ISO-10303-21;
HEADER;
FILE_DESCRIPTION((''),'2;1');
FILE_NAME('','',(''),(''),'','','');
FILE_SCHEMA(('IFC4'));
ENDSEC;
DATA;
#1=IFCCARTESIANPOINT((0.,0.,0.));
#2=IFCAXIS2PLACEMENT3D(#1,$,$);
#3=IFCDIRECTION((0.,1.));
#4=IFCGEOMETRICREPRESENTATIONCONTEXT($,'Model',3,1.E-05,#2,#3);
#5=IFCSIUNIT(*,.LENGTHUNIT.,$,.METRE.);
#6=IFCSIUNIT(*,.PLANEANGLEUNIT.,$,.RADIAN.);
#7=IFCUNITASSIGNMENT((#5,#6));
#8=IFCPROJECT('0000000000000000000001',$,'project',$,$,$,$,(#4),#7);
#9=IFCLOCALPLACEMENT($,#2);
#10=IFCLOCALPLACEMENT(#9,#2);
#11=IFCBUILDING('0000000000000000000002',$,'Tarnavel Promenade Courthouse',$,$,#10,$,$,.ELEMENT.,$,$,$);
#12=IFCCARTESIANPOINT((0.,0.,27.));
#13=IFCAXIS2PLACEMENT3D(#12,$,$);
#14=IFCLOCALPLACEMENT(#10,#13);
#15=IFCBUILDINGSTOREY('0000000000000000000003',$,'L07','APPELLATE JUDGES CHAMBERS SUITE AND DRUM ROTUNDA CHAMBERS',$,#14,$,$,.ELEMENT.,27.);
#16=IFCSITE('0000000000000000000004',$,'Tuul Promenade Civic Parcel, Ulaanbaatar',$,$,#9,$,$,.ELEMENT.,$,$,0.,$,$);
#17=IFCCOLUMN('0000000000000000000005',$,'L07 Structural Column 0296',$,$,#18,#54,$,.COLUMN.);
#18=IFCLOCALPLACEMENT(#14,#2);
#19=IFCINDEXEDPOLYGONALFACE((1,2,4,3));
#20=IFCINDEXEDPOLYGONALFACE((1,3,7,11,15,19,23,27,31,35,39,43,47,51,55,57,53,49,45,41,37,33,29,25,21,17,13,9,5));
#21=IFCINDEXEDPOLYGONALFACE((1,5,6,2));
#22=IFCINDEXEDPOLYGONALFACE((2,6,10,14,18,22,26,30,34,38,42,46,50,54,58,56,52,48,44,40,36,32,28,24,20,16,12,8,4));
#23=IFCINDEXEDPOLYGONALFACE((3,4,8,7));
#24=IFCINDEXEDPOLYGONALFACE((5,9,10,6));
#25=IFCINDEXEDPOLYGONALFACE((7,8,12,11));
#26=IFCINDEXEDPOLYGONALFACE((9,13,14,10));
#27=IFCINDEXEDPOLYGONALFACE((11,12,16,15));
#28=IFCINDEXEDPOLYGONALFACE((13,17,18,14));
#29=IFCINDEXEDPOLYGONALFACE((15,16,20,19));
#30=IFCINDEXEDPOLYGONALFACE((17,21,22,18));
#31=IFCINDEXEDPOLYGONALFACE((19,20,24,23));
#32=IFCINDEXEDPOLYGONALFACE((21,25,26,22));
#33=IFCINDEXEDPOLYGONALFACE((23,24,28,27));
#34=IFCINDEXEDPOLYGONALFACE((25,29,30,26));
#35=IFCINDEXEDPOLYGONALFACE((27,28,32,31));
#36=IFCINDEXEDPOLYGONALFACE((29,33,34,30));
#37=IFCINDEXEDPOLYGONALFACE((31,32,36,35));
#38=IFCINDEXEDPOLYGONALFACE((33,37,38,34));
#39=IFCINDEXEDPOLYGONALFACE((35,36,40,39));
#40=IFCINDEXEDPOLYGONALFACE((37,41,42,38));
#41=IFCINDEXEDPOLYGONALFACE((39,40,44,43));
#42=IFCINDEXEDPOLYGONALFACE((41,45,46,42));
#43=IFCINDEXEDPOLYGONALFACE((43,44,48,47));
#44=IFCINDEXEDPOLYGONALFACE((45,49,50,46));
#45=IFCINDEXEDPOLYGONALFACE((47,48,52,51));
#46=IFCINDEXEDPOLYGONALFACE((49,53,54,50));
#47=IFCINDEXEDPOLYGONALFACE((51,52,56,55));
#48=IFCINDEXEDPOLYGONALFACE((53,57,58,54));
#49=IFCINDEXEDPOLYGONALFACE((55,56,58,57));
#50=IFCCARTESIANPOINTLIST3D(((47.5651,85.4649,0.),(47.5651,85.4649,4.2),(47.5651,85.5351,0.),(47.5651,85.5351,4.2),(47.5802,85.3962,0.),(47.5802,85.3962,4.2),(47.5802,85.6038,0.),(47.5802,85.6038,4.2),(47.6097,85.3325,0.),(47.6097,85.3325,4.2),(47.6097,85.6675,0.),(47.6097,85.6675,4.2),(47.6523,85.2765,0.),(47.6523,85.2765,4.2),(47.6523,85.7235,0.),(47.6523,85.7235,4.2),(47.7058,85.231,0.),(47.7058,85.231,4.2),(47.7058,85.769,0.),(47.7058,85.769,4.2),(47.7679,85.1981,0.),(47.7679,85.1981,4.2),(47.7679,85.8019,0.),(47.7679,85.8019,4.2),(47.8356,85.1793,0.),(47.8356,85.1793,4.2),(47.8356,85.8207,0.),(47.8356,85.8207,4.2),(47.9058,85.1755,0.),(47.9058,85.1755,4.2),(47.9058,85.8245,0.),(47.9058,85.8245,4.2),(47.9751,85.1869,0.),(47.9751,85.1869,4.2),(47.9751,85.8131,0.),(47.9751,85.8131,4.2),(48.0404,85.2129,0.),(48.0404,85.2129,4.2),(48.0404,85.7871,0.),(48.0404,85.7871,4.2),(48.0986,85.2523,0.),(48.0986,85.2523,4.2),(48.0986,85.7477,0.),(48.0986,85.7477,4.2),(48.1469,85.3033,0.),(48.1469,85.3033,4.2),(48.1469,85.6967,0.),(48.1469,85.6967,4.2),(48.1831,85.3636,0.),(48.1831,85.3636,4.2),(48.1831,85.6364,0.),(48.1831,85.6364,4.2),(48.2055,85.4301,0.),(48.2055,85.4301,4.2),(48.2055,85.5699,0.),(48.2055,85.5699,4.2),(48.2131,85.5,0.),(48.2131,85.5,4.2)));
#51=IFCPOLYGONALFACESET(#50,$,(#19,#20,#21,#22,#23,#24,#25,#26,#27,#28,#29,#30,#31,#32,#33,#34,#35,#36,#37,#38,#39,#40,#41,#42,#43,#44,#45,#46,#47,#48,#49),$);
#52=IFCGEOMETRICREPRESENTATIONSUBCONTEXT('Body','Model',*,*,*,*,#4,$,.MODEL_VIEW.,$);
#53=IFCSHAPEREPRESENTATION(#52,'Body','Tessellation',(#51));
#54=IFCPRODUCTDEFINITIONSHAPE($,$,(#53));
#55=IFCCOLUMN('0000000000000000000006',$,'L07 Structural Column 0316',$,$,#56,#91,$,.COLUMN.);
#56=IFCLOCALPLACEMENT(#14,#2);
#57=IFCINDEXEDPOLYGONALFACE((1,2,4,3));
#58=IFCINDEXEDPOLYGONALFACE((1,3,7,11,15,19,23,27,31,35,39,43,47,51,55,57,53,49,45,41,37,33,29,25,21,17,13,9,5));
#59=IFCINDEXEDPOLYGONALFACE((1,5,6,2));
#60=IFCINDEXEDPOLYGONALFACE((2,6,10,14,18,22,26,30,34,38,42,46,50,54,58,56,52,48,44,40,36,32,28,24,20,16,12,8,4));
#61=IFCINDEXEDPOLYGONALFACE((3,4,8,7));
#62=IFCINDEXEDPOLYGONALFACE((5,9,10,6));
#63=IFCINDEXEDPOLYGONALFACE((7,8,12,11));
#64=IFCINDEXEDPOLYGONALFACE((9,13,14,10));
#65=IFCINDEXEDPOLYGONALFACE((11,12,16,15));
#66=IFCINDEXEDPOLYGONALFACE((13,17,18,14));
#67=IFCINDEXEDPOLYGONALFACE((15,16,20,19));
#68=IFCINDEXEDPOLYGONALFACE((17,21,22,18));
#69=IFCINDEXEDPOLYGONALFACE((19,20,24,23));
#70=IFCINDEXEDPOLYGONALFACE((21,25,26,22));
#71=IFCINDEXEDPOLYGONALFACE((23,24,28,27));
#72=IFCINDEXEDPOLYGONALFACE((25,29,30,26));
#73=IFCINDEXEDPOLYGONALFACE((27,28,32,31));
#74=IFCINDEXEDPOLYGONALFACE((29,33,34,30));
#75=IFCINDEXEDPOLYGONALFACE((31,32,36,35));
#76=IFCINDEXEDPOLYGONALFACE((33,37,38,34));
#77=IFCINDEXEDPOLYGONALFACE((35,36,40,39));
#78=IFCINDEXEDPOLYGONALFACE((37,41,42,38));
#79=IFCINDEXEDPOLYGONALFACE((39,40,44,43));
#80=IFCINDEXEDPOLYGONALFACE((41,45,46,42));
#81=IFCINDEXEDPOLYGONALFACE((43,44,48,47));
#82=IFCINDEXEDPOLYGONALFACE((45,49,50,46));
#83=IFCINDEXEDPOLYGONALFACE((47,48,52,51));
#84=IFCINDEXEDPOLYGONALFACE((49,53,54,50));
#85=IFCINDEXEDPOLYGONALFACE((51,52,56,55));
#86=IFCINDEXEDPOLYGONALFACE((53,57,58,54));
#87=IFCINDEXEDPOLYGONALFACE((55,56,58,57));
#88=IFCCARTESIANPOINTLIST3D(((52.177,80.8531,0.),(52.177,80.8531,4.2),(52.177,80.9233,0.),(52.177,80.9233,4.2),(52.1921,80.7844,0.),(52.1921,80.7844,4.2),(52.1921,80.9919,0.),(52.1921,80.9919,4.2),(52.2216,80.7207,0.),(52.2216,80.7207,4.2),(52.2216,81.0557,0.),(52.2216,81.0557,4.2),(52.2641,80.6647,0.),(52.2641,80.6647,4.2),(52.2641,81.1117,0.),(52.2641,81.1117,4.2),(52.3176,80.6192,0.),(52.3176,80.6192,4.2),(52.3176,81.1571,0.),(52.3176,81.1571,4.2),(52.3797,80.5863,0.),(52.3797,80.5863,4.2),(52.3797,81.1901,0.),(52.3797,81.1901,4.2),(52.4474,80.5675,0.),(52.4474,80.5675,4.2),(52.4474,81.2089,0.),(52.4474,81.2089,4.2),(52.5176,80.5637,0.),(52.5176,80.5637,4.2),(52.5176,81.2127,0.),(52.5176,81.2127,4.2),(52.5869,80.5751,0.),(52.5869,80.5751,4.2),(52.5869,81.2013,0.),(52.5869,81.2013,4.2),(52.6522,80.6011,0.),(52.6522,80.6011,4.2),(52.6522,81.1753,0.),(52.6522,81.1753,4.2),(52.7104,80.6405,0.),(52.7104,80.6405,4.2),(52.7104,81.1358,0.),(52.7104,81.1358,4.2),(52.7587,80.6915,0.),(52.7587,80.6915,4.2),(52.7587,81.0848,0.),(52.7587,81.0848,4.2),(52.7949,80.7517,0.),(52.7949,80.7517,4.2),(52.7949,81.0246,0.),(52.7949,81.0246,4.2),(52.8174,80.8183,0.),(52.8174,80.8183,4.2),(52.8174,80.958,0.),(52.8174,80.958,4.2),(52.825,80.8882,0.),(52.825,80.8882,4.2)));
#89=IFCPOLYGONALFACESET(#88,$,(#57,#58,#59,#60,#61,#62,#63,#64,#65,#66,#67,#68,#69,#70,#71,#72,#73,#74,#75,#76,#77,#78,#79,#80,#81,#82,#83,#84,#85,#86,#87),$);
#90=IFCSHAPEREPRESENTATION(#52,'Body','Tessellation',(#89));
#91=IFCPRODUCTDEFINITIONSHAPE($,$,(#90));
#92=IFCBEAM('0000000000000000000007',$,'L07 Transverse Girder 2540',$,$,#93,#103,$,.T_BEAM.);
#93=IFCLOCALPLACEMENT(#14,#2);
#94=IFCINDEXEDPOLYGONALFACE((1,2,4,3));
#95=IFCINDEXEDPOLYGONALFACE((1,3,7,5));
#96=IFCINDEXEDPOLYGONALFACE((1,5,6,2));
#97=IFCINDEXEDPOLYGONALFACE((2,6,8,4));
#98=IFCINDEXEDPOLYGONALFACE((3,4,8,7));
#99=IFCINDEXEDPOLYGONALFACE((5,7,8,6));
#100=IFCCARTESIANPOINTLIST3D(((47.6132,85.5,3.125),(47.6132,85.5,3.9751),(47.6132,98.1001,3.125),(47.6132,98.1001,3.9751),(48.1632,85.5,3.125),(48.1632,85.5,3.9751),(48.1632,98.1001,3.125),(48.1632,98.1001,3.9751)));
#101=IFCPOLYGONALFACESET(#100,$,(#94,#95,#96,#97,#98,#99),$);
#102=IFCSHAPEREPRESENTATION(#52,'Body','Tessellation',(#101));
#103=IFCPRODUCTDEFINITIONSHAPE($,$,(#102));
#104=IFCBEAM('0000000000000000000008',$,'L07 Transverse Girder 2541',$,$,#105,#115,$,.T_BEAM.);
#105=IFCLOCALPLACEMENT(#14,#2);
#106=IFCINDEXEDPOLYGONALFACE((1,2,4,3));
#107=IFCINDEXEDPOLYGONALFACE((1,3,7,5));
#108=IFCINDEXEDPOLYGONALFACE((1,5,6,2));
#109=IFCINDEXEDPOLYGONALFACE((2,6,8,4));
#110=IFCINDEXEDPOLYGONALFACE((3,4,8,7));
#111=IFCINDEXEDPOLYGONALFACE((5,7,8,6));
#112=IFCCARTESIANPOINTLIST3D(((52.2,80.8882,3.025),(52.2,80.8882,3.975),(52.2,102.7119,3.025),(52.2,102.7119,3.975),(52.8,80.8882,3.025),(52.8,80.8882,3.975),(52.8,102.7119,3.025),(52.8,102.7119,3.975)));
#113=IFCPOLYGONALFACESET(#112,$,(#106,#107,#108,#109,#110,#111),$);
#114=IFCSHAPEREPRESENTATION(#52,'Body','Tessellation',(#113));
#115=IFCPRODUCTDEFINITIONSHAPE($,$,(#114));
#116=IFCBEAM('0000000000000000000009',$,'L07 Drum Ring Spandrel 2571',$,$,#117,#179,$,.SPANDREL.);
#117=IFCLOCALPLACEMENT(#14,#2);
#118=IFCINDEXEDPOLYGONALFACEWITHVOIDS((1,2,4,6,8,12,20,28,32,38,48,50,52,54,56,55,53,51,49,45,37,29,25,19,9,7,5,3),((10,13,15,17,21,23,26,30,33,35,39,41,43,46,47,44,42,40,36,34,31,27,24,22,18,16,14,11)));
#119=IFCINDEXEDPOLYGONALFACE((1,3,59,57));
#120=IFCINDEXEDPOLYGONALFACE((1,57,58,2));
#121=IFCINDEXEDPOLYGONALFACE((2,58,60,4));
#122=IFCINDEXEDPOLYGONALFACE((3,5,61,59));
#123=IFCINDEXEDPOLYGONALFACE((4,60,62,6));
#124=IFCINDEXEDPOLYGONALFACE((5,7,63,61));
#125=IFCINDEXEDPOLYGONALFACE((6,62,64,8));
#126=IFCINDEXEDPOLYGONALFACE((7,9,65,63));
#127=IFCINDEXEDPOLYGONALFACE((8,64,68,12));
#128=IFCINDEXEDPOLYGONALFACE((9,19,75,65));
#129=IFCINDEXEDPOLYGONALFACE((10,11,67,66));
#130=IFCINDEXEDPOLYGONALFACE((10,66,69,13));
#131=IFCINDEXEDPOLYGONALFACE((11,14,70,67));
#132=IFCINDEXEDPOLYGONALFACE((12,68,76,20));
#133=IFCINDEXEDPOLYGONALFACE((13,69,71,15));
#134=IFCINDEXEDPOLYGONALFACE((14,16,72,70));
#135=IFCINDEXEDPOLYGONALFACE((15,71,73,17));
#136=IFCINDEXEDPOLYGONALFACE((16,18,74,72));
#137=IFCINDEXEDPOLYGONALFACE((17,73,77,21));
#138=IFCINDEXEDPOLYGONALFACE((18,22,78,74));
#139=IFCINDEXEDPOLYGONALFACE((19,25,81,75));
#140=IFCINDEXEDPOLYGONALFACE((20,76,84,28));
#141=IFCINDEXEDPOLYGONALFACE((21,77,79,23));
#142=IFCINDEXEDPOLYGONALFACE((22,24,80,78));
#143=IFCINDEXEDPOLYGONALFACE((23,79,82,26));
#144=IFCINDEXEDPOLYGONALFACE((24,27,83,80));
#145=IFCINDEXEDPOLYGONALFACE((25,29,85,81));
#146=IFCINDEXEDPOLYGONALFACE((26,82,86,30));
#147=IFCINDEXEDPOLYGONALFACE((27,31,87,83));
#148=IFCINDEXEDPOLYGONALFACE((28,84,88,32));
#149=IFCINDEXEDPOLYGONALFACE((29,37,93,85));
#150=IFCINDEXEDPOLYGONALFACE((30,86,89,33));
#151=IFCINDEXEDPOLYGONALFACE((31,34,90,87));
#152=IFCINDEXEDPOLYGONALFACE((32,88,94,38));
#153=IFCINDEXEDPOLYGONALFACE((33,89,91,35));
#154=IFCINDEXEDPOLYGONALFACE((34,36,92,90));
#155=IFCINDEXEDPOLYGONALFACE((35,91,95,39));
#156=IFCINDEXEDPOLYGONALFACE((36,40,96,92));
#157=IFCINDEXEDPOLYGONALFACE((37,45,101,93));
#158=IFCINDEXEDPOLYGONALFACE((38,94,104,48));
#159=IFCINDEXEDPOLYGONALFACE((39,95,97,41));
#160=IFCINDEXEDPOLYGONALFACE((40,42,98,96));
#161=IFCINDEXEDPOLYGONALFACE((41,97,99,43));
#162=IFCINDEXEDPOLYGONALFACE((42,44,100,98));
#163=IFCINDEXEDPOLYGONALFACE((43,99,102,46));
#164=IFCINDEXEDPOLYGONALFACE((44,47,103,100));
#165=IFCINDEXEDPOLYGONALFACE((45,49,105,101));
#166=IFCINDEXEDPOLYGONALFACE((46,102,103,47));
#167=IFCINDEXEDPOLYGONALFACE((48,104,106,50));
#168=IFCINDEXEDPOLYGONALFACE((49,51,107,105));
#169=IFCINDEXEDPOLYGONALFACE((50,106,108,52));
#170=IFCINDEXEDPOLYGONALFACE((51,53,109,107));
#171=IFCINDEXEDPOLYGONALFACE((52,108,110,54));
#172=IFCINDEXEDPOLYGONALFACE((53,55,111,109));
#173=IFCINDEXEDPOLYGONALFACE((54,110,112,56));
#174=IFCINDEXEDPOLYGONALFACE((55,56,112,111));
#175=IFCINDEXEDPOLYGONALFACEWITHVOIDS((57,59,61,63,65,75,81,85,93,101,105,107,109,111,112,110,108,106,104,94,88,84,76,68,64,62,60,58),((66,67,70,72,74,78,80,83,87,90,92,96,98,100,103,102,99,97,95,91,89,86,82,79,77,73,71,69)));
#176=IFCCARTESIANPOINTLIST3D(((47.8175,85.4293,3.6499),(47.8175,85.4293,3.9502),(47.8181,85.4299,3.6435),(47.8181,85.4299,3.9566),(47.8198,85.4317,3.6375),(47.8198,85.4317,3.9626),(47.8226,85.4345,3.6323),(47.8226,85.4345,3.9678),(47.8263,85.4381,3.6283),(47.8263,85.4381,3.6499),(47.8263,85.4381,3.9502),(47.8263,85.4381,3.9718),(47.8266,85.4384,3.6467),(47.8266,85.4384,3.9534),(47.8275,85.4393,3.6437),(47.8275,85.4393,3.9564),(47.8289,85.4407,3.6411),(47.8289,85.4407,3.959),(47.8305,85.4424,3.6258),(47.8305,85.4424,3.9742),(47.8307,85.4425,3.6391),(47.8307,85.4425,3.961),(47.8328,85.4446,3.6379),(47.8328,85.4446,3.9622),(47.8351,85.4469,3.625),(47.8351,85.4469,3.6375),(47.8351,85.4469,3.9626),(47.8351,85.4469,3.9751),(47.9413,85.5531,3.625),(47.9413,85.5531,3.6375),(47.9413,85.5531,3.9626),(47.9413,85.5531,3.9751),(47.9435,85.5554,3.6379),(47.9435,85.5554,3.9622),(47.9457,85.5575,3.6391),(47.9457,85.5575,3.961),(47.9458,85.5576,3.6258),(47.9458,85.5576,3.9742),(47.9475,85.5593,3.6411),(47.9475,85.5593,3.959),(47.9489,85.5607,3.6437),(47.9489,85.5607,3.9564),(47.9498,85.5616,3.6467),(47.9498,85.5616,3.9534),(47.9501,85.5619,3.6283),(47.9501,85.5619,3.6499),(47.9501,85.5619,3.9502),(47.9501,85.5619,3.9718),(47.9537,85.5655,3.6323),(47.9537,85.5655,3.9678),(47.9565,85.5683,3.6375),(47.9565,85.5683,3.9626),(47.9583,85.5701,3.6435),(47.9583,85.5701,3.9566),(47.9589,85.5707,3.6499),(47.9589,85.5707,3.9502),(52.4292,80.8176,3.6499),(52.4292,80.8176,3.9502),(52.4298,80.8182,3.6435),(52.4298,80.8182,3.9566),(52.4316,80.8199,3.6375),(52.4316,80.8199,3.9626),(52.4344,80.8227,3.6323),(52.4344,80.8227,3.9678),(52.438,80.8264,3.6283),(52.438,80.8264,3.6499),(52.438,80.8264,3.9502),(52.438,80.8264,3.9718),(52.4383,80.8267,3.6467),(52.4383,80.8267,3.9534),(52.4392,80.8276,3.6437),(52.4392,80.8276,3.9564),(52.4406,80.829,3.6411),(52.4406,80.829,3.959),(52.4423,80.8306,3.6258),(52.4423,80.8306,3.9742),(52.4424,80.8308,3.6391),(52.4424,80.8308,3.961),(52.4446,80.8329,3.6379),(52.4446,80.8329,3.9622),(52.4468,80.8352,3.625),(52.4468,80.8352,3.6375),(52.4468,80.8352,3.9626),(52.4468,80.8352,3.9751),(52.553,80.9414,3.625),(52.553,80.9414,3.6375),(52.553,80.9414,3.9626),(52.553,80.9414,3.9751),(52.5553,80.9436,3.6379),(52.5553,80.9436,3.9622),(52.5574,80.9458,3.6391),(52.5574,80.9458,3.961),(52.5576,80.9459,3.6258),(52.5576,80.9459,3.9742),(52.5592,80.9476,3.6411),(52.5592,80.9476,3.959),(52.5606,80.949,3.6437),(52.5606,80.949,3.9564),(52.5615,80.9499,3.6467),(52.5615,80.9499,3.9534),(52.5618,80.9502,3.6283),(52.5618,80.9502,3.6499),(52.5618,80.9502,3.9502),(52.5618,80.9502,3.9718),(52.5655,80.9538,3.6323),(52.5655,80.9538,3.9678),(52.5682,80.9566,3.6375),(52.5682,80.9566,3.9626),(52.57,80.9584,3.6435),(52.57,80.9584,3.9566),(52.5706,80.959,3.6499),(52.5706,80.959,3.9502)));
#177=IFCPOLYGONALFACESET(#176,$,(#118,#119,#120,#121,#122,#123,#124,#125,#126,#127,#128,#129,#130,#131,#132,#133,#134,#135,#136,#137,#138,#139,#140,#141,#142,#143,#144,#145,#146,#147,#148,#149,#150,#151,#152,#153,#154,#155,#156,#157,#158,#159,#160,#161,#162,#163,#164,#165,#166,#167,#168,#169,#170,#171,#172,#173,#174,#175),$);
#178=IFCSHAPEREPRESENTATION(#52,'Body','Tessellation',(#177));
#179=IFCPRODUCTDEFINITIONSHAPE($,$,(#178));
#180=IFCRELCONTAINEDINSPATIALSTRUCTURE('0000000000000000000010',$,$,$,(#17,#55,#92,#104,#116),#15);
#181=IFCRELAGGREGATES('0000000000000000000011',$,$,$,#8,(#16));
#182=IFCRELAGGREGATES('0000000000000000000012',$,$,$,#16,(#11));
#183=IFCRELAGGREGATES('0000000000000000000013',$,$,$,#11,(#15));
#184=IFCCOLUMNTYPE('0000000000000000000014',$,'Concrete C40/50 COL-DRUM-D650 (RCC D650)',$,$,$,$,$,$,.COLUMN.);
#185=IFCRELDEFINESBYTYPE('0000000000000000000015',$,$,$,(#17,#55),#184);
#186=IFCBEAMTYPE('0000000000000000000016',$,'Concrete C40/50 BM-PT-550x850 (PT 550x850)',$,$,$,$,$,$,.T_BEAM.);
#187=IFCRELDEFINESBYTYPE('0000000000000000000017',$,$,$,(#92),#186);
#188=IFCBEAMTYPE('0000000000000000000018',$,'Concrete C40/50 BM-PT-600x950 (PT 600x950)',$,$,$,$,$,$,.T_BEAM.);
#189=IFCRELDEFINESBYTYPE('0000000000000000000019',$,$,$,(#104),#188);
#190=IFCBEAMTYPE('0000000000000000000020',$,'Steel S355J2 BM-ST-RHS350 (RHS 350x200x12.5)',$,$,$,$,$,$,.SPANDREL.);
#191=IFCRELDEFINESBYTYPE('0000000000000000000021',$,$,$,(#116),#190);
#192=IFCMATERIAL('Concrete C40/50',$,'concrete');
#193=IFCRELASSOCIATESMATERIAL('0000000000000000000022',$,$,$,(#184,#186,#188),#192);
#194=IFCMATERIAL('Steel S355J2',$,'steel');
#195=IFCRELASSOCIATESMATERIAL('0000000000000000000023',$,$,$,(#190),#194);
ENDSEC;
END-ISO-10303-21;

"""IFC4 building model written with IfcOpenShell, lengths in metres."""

from ifc_helpers import new_model, si_unit, direction, frame, origin, origin_2d, place, context, subcontext, project, spatial, rectangle, hollow_rectangle, circle, extrude, material, material_profile, profile_set, type_object, element, save


model = new_model("IFC4")

# Units and contexts
model_context = context("Model", 3, precision=1e-05, world=origin(), true_north=direction((0.0, 1.0)))
body_context = subcontext(model_context, "Body", "Model", "MODEL_VIEW")
ifc_project = project(units=[si_unit("LENGTHUNIT", "METRE"), si_unit("PLANEANGLEUNIT", "RADIAN")], contexts=[model_context])

# Site, building, storey
site_placement = place(None, origin())
site = spatial("IfcSite", under=ifc_project, at=site_placement, Name="Tuul Promenade Civic Parcel, Ulaanbaatar", CompositionType="ELEMENT", RefElevation=0.0)
building_placement = place(site_placement, origin())
building = spatial("IfcBuilding", under=site, at=building_placement, Name="Tarnavel Promenade Courthouse", CompositionType="ELEMENT")
storey_placement = place(building_placement, frame((0.0, 0.0, 27.0)))
storey = spatial("IfcBuildingStorey", under=building, at=storey_placement, Name="L07", Description="APPELLATE JUDGES CHAMBERS SUITE AND DRUM ROTUNDA CHAMBERS", CompositionType="ELEMENT", Elevation=27.0)

# Columns
ifc_material_1 = material(Name="Concrete C40/50", Category="concrete")
ifc_material_profile_1 = material_profile(ifc_material_1, circle(Radius=0.325, at=origin_2d()), Name="RCC D650")
ifc_profile_set_1 = profile_set([ifc_material_profile_1], Name="Concrete C40/50")
column_type = type_object("IfcColumnType", Name="Concrete C40/50 COL-DRUM-D650 (RCC D650)", PredefinedType="COLUMN", material=ifc_profile_set_1)
for number, where, z_axis, x_axis, name in (
    (1, (47.8882, 85.5, 0.0), (0.0, 0.0, 1.0), (1.0, 0.0, 0.0), "L07 Structural Column 0296"),
    (2, (52.5, 80.8882, 0.0), (0.0, 0.0, 1.0), (1.0, 0.0, 0.0), "L07 Structural Column 0316"),
):
    element("IfcColumn", number, at=place(storey_placement, frame(where, z_axis=z_axis, x_axis=x_axis)), inside=storey, type_object=column_type, Name=name, PredefinedType="COLUMN", context=body_context, shape_type="SweptSolid", body=[
        extrude(circle(Radius=0.325, at=origin_2d()), origin(), (0.0, 0.0, 1.0), 4.2),
    ])

# Beams
ifc_material_profile_2 = material_profile(ifc_material_1, rectangle(XDim=0.55, YDim=0.8501, at=origin_2d()), Name="PT 550x850")
ifc_profile_set_2 = profile_set([ifc_material_profile_2], Name="Concrete C40/50")
beam_type_1 = type_object("IfcBeamType", Name="Concrete C40/50 BM-PT-550x850 (PT 550x850)", PredefinedType="T_BEAM", material=ifc_profile_set_2)
beam_1_placement = place(storey_placement, frame((47.8882, 85.5, 3.55), z_axis=(0.0, 1.0, 0.0), x_axis=(-1.0, 0.0, 0.0)))
element("IfcBeam", 3, at=beam_1_placement, inside=storey, type_object=beam_type_1, Name="L07 Transverse Girder 2540", PredefinedType="T_BEAM", context=body_context, shape_type="SweptSolid", body=[
    extrude(rectangle(XDim=0.55, YDim=0.8501, at=origin_2d()), origin(), (0.0, 0.0, 1.0), 12.6001),
])
ifc_material_profile_3 = material_profile(ifc_material_1, rectangle(XDim=0.6001, YDim=0.95, at=origin_2d()), Name="PT 600x950")
ifc_profile_set_3 = profile_set([ifc_material_profile_3], Name="Concrete C40/50")
beam_type_2 = type_object("IfcBeamType", Name="Concrete C40/50 BM-PT-600x950 (PT 600x950)", PredefinedType="T_BEAM", material=ifc_profile_set_3)
beam_2_placement = place(storey_placement, frame((52.5, 80.8882, 3.5), z_axis=(0.0, 1.0, 0.0), x_axis=(-1.0, 0.0, 0.0)))
element("IfcBeam", 4, at=beam_2_placement, inside=storey, type_object=beam_type_2, Name="L07 Transverse Girder 2541", PredefinedType="T_BEAM", context=body_context, shape_type="SweptSolid", body=[
    extrude(rectangle(XDim=0.6001, YDim=0.95, at=origin_2d()), origin(), (0.0, 0.0, 1.0), 21.8237),
])
ifc_material_2 = material(Name="Steel S355J2", Category="steel")
ifc_material_profile_4 = material_profile(ifc_material_2, hollow_rectangle(XDim=0.2, YDim=0.3501, WallThickness=0.0125, InnerFilletRadius=0.0125, OuterFilletRadius=0.0249, at=origin_2d()), Name="RHS 350x200x12.5")
ifc_profile_set_4 = profile_set([ifc_material_profile_4], Name="Steel S355J2")
beam_type_3 = type_object("IfcBeamType", Name="Steel S355J2 BM-ST-RHS350 (RHS 350x200x12.5)", PredefinedType="SPANDREL", material=ifc_profile_set_4)
beam_3_placement = place(storey_placement, frame((47.8882, 85.5, 3.8), z_axis=(0.707107, -0.707107, 0.0), x_axis=(0.707107, 0.707107, 0.0)))
element("IfcBeam", 5, at=beam_3_placement, inside=storey, type_object=beam_type_3, Name="L07 Drum Ring Spandrel 2571", PredefinedType="SPANDREL", context=body_context, shape_type="SweptSolid", body=[
    extrude(hollow_rectangle(XDim=0.2, YDim=0.3501, WallThickness=0.0125, InnerFilletRadius=0.0125, OuterFilletRadius=0.0249, at=origin_2d()), origin(), (0.0, 0.0, 1.0), 6.522),
])

save(model, "model.ifc")
